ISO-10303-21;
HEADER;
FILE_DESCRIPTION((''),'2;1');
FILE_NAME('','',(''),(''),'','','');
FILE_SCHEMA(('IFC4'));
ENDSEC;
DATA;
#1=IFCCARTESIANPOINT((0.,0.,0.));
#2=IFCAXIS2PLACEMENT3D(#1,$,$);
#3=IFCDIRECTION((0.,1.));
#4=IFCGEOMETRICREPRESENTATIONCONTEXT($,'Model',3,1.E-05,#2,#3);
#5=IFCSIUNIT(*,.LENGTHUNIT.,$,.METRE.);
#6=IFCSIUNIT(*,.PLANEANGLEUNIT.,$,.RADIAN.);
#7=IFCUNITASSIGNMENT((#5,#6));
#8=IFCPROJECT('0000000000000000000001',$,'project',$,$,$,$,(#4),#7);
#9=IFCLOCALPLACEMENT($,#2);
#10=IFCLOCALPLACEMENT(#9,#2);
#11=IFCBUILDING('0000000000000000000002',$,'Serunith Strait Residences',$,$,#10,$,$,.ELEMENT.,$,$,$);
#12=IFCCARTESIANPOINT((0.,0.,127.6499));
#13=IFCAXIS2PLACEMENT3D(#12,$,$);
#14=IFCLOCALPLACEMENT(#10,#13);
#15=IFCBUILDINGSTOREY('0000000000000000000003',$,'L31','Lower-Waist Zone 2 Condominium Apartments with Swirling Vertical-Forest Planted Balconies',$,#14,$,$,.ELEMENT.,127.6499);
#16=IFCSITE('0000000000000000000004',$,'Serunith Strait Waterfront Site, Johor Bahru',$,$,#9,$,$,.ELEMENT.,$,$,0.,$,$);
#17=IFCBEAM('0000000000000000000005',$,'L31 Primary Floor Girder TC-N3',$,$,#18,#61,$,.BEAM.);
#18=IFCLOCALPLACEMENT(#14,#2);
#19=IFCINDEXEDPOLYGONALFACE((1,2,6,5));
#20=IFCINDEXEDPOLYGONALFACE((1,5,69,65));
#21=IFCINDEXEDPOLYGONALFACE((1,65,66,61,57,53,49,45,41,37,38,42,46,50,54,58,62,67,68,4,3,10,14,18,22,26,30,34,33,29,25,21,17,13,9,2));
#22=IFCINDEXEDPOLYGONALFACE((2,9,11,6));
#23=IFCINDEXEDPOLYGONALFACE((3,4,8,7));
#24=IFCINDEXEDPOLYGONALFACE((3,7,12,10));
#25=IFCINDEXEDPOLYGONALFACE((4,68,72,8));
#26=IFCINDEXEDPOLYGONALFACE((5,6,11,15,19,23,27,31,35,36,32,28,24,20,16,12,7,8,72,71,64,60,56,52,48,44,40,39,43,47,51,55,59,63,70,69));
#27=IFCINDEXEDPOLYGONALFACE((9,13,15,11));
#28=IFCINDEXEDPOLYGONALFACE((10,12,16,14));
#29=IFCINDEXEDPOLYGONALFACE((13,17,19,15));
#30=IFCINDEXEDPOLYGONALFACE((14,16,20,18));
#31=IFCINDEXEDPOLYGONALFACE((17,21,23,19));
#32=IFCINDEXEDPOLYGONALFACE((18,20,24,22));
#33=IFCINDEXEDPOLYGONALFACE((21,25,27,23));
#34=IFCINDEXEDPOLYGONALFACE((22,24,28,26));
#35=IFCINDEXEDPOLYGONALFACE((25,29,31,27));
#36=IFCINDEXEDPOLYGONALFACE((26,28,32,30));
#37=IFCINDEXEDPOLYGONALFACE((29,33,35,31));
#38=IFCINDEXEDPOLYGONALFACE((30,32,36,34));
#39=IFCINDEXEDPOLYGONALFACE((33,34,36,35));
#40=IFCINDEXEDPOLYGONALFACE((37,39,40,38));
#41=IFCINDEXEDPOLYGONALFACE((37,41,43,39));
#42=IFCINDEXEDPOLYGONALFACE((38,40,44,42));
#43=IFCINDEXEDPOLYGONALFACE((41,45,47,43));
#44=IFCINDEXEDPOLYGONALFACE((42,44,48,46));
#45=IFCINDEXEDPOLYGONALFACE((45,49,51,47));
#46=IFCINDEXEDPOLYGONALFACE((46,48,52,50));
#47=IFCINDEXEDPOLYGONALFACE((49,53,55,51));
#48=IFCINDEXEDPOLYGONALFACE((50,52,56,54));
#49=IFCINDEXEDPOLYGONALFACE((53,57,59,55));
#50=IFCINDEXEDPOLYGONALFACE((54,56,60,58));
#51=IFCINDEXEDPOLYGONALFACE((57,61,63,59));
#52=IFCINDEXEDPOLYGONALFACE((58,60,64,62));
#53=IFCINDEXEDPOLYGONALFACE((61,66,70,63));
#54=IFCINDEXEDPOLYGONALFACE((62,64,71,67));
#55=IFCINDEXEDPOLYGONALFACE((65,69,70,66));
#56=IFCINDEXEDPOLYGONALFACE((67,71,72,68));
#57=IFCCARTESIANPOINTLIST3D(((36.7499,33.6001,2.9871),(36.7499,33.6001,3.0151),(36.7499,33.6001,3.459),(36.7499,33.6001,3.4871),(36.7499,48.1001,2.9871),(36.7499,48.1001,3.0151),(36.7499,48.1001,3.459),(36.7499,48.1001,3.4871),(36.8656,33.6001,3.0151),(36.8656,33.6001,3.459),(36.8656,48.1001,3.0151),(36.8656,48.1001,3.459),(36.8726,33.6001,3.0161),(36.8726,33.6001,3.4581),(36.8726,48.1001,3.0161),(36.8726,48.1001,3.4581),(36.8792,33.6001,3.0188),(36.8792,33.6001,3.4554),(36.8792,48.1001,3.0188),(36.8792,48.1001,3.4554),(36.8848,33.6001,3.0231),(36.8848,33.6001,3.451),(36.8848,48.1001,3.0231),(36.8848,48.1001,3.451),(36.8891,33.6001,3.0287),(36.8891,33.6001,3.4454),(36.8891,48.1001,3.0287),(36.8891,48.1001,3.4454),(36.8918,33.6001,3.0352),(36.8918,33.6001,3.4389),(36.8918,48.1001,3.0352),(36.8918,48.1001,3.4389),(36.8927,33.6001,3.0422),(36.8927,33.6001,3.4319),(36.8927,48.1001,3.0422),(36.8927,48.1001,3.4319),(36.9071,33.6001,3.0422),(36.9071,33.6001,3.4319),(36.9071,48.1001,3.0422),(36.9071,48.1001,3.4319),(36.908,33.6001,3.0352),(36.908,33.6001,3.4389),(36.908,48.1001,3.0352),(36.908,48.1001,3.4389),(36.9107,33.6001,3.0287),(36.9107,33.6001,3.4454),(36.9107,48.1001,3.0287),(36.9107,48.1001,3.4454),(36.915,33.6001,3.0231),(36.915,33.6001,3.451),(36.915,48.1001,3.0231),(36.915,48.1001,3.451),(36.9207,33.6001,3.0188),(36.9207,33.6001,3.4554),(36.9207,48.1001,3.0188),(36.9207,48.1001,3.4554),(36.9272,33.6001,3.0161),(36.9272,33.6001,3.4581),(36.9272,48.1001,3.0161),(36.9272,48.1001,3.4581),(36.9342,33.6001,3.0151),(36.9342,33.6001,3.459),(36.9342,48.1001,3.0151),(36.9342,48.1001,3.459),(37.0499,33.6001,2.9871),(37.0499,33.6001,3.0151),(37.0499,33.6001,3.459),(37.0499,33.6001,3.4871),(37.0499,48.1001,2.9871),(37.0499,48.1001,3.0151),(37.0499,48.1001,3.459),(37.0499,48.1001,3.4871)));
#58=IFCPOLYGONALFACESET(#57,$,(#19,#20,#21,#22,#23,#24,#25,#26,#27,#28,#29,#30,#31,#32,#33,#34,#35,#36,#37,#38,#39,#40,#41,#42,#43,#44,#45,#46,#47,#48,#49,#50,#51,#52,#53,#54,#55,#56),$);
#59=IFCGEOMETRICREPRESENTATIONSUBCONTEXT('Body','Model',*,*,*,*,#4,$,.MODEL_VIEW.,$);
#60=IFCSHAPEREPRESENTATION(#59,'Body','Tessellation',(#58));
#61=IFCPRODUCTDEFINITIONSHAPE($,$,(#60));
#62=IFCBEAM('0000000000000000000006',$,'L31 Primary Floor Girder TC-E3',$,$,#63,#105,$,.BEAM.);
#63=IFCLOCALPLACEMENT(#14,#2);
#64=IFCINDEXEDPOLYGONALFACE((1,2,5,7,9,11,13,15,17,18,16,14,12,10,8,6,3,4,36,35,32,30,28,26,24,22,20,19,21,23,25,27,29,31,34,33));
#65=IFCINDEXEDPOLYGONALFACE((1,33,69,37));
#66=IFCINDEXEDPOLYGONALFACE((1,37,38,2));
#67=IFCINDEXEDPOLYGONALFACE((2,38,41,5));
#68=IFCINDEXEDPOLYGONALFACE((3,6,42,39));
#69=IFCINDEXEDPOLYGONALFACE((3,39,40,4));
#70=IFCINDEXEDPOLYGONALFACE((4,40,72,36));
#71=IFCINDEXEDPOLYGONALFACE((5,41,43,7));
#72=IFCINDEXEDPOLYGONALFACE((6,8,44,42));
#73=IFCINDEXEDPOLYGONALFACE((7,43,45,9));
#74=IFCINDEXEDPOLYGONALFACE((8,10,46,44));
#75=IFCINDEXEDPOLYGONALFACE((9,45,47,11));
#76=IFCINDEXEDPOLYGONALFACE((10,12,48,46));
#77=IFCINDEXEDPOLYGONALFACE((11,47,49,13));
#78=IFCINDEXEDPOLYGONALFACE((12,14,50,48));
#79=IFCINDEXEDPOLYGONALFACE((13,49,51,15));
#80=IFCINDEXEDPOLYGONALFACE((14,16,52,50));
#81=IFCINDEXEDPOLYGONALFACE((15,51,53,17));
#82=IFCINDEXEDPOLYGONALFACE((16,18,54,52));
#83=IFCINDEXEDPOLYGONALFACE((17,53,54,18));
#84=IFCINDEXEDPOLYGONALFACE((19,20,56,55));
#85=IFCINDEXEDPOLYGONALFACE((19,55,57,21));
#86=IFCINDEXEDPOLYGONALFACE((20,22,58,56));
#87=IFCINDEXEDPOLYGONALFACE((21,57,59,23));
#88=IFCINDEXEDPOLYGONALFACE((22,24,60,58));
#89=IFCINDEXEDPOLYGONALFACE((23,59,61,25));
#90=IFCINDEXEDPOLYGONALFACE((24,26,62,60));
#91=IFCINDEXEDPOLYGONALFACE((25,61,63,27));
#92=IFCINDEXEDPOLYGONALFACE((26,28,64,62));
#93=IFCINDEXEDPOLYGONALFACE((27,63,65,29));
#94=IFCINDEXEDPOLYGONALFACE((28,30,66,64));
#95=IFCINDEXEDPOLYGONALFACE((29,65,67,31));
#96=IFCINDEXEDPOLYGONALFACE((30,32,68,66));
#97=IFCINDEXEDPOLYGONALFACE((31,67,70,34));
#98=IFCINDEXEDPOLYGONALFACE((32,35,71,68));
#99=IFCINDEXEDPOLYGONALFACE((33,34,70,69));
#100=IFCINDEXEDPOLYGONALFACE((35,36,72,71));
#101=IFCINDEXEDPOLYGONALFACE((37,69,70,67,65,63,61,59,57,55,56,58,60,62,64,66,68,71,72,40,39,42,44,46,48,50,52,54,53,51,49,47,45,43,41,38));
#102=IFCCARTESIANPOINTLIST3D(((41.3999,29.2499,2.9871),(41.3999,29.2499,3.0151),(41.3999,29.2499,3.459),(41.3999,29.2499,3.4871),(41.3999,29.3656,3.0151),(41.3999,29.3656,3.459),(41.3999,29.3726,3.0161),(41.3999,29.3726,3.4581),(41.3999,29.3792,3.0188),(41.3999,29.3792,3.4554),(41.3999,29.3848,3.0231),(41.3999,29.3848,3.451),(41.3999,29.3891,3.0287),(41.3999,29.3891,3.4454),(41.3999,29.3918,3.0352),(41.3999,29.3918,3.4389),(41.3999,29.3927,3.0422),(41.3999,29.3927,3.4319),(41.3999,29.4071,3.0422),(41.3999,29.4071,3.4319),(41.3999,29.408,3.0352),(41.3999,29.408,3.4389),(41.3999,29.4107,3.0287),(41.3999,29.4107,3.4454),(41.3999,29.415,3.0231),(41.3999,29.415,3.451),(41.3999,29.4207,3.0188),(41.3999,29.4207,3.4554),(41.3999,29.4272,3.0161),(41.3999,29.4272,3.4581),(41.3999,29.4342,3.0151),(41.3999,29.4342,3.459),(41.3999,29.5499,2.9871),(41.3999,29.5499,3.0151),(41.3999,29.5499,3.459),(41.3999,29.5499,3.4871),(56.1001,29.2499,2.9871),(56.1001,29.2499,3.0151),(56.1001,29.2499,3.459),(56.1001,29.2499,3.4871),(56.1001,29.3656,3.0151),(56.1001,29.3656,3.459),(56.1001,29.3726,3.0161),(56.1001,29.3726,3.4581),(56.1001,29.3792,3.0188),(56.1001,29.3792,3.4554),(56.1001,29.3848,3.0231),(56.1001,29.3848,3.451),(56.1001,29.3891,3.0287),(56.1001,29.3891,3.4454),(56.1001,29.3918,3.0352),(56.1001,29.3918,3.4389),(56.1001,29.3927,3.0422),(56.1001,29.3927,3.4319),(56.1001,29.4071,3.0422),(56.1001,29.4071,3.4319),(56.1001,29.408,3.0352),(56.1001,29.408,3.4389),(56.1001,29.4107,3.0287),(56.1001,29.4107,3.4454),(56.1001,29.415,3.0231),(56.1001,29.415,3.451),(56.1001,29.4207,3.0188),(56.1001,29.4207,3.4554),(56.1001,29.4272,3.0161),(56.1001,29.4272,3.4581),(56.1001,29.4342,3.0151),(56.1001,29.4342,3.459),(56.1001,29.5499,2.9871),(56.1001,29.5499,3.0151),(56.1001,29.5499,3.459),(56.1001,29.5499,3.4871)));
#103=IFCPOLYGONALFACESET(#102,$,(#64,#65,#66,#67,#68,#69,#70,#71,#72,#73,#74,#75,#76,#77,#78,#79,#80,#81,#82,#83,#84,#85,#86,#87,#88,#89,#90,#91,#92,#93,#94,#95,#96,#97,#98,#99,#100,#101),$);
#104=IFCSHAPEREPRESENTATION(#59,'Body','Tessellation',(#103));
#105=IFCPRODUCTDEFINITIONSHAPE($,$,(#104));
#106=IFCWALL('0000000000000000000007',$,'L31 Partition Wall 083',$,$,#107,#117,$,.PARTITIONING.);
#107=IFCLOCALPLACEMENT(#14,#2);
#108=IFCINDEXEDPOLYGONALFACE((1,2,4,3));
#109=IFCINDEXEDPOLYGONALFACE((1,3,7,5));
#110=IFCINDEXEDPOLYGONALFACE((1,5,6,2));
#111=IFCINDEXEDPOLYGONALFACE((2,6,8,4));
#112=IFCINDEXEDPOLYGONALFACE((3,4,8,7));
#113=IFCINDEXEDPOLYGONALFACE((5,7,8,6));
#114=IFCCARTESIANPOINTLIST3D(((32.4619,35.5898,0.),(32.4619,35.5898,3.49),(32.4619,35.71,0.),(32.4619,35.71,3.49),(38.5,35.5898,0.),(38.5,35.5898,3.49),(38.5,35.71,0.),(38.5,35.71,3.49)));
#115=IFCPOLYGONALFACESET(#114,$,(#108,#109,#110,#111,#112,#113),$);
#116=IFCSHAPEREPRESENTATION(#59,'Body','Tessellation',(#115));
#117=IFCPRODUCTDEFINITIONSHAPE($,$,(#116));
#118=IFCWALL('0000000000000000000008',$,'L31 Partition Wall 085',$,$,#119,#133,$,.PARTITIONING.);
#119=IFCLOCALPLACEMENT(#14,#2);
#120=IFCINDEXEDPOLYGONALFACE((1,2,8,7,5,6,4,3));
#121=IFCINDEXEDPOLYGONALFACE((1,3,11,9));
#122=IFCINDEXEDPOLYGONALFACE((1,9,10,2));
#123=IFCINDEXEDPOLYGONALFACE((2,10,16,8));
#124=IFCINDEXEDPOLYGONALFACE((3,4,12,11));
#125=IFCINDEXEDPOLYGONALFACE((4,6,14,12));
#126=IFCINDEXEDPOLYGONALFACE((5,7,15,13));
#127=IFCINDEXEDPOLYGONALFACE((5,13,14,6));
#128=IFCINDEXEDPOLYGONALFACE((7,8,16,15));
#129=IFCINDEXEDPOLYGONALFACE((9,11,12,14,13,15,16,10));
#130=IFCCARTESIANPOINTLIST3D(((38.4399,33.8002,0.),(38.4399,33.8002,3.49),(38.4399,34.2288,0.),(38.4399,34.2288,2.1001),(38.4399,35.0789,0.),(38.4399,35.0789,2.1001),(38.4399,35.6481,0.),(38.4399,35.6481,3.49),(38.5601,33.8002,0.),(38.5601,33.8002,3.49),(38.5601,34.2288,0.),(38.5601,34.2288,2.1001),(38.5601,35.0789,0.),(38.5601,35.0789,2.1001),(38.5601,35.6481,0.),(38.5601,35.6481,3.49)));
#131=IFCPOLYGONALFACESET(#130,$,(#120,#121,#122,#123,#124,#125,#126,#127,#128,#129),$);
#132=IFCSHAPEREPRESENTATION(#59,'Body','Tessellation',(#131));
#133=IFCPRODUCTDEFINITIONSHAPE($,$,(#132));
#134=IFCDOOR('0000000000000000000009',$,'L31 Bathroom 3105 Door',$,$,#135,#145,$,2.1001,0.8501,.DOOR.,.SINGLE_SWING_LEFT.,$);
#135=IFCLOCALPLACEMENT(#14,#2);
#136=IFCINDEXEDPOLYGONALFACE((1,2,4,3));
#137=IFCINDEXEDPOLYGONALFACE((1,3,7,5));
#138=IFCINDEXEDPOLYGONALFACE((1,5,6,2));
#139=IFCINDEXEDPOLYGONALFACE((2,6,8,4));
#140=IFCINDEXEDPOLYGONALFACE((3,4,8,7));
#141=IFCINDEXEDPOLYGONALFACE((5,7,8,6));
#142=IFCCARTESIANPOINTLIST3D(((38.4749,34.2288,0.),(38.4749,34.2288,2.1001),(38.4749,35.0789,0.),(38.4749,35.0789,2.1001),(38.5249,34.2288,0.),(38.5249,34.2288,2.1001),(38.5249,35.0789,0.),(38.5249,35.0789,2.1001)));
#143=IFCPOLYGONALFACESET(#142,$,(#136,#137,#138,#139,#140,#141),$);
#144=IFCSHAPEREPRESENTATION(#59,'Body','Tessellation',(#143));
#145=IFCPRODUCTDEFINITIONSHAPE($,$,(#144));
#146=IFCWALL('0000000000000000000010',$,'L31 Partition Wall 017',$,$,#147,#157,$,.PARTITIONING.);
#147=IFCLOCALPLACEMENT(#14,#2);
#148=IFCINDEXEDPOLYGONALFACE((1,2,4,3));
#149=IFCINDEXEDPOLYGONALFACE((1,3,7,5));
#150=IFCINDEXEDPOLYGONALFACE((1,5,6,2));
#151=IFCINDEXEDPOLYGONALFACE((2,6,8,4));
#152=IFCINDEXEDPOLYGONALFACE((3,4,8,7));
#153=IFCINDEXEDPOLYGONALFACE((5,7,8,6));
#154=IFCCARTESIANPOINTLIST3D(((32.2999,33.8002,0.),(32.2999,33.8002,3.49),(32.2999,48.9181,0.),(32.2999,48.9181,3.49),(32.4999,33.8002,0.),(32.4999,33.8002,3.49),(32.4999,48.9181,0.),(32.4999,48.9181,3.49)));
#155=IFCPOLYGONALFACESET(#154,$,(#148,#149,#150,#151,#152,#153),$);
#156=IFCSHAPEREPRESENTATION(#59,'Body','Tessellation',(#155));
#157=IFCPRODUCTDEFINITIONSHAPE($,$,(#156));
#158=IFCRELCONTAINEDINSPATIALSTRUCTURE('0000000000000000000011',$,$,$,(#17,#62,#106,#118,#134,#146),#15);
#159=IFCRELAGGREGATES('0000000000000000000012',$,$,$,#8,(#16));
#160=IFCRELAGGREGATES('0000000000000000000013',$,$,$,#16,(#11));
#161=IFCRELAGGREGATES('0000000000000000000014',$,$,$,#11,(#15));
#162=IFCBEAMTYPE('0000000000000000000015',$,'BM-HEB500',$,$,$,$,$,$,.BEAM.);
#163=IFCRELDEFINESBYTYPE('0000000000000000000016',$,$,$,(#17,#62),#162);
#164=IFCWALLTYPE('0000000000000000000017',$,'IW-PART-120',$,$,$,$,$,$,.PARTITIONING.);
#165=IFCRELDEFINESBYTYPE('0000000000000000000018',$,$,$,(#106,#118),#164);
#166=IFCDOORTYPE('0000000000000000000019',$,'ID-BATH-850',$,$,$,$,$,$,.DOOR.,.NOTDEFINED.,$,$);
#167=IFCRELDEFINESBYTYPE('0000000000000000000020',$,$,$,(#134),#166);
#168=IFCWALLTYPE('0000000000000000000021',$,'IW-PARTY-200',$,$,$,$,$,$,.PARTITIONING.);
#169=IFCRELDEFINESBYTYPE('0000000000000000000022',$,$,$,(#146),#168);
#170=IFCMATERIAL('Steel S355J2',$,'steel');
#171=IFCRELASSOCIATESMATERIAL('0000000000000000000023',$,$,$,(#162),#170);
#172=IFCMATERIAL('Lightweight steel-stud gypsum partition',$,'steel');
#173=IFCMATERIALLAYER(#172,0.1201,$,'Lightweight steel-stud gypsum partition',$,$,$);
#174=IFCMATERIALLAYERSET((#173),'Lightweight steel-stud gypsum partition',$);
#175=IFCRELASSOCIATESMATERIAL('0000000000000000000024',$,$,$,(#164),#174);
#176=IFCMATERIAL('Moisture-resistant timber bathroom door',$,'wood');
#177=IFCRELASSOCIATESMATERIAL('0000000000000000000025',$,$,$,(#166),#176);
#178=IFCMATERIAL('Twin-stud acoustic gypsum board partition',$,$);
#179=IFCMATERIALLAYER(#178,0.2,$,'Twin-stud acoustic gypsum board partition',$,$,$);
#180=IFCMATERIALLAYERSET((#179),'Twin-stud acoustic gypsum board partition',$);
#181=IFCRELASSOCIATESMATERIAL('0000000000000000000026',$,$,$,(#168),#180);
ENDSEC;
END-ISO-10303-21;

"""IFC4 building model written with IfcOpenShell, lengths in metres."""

from ifc_helpers import new_model, si_unit, direction, frame, frame_2d, origin, origin_2d, place, context, subcontext, project, spatial, rectangle, i_section, extrude, source, transform, mapped, material, layer, layer_set, material_profile, profile_set, type_object, element, fill, save


model = new_model("IFC4")

# Units and contexts
model_context = context("Model", 3, precision=1e-05, world=origin(), true_north=direction((0.0, 1.0)))
body_context = subcontext(model_context, "Body", "Model", "MODEL_VIEW")
ifc_project = project(units=[si_unit("LENGTHUNIT", "METRE"), si_unit("PLANEANGLEUNIT", "RADIAN")], contexts=[model_context])

# Site, building, storey
site_placement = place(None, origin())
site = spatial("IfcSite", under=ifc_project, at=site_placement, Name="Serunith Strait Waterfront Site, Johor Bahru", CompositionType="ELEMENT", RefElevation=0.0)
building_placement = place(site_placement, origin())
building = spatial("IfcBuilding", under=site, at=building_placement, Name="Serunith Strait Residences", CompositionType="ELEMENT")
storey_placement = place(building_placement, frame((0.0, 0.0, 127.6499)))
storey = spatial("IfcBuildingStorey", under=building, at=storey_placement, Name="L31", Description="Lower-Waist Zone 2 Condominium Apartments with Swirling Vertical-Forest Planted Balconies", CompositionType="ELEMENT", Elevation=127.6499)

# Beams
ifc_material_1 = material(Name="Steel S355J2", Category="steel")
ifc_material_profile = material_profile(ifc_material_1, i_section(OverallWidth=0.3, OverallDepth=0.5, WebThickness=0.0144, FlangeThickness=0.0281, FilletRadius=0.0271, at=origin_2d()), Name="HEB 500")
ifc_profile_set = profile_set([ifc_material_profile], Name="Steel S355J2")
beam_type = type_object("IfcBeamType", Name="BM-HEB500", PredefinedType="BEAM", material=ifc_profile_set)
shared_shape_1 = source(origin(), body_context, "Body", "SweptSolid", [
    extrude(i_section(OverallWidth=0.3, OverallDepth=0.5, WebThickness=0.0144, FlangeThickness=0.0281, FilletRadius=0.0271, at=origin_2d()), origin(), (0.0, 0.0, 1.0), 14.5),
])
beam_1_placement = place(storey_placement, frame((36.8999, 33.6001, 3.2371), z_axis=(0.0, 1.0, 0.0), x_axis=(-1.0, 0.0, 0.0)))
element("IfcBeam", 1, at=beam_1_placement, inside=storey, type_object=beam_type, Name="L31 Primary Floor Girder TC-N3", PredefinedType="BEAM", context=body_context, shape_type="MappedRepresentation", body=[
    mapped(shared_shape_1, transform((0.0, 0.0, 0.0), scale=1.0)),
])
shared_shape_2 = source(origin(), body_context, "Body", "SweptSolid", [
    extrude(i_section(OverallWidth=0.3, OverallDepth=0.5, WebThickness=0.0144, FlangeThickness=0.0281, FilletRadius=0.0271, at=origin_2d()), origin(), (0.0, 0.0, 1.0), 14.7002),
])
beam_2_placement = place(storey_placement, frame((41.3999, 29.3999, 3.2371), z_axis=(1.0, 0.0, 0.0), x_axis=(0.0, 1.0, 0.0)))
element("IfcBeam", 2, at=beam_2_placement, inside=storey, type_object=beam_type, Name="L31 Primary Floor Girder TC-E3", PredefinedType="BEAM", context=body_context, shape_type="MappedRepresentation", body=[
    mapped(shared_shape_2, transform((0.0, 0.0, 0.0), scale=1.0)),
])

# Wall
ifc_material_2 = material(Name="Lightweight steel-stud gypsum partition", Category="steel")
ifc_layer_1 = layer(ifc_material_2, 0.1201, Name="Lightweight steel-stud gypsum partition")
ifc_layer_set_1 = layer_set([ifc_layer_1], Name="Lightweight steel-stud gypsum partition")
wall_type_1 = type_object("IfcWallType", Name="IW-PART-120", PredefinedType="PARTITIONING", material=ifc_layer_set_1)
wall_1_placement = place(storey_placement, frame((32.4619, 35.6499, 0.0), z_axis=(0.0, 0.0, 1.0), x_axis=(1.0, 0.0, 0.0)))
element("IfcWall", 3, at=wall_1_placement, inside=storey, type_object=wall_type_1, Name="L31 Partition Wall 083", PredefinedType="PARTITIONING", context=body_context, shape_type="SweptSolid", body=[
    extrude(rectangle(XDim=6.0381, YDim=0.1201, at=frame_2d((3.019, 0.0))), origin(), (0.0, 0.0, 1.0), 3.49),
])

# Wall, opening, door
wall_2_placement = place(storey_placement, frame((38.5, 35.6479, 0.0), z_axis=(0.0, 0.0, 1.0), x_axis=(0.0, -1.0, 0.0)))
wall_2 = element("IfcWall", 4, at=wall_2_placement, inside=storey, type_object=wall_type_1, Name="L31 Partition Wall 085", PredefinedType="PARTITIONING", context=body_context, shape_type="SweptSolid", body=[
    extrude(rectangle(XDim=1.8479, YDim=0.1201, at=frame_2d((0.9238, 0.0))), origin(), (0.0, 0.0, 1.0), 3.49),
])
opening_1_placement = place(wall_2_placement, frame((0.5691, 0.0, 0.0)))
opening_1 = element("IfcOpeningElement", 5, at=opening_1_placement, cuts=wall_2, PredefinedType="OPENING", context=body_context, shape_type="SweptSolid", body=[
    extrude(rectangle(XDim=0.8501, YDim=2.1001, at=frame_2d((0.425, 1.05))), frame((0.0, 0.0701, 0.0), z_axis=(0.0, -1.0, 0.0), x_axis=(1.0, 0.0, 0.0)), (0.0, 0.0, 1.0), 0.1401),
])
ifc_material_3 = material(Name="Moisture-resistant timber bathroom door", Category="wood")
door_type_1 = type_object("IfcDoorType", Name="ID-BATH-850", OperationType="NOTDEFINED", PredefinedType="DOOR", material=ifc_material_3)
shared_shape_3 = source(origin(), body_context, "Body", "SweptSolid", [
    extrude(rectangle(XDim=0.8501, YDim=2.1001, at=frame_2d((0.425, 1.05))), frame((0.0, 0.0249, 0.0), z_axis=(0.0, -1.0, 0.0), x_axis=(1.0, 0.0, 0.0)), (0.0, 0.0, 1.0), 0.05),
])
door_1_placement = place(opening_1_placement, origin())
door_1 = element("IfcDoor", 6, at=door_1_placement, inside=storey, type_object=door_type_1, Name="L31 Bathroom 3105 Door", OperationType="SINGLE_SWING_LEFT", OverallHeight=2.1001, OverallWidth=0.8501, PredefinedType="DOOR", context=body_context, shape_type="MappedRepresentation", body=[
    mapped(shared_shape_3, transform((0.0, 0.0, 0.0), scale=1.0)),
])
fill(opening_1, door_1)

# Wall
ifc_material_4 = material(Name="Twin-stud acoustic gypsum board partition")
ifc_layer_2 = layer(ifc_material_4, 0.2, Name="Twin-stud acoustic gypsum board partition")
ifc_layer_set_2 = layer_set([ifc_layer_2], Name="Twin-stud acoustic gypsum board partition")
wall_type_2 = type_object("IfcWallType", Name="IW-PARTY-200", PredefinedType="PARTITIONING", material=ifc_layer_set_2)
wall_3_placement = place(storey_placement, frame((32.3999, 33.8, 0.0), z_axis=(0.0, 0.0, 1.0), x_axis=(0.0, 1.0, 0.0)))
element("IfcWall", 7, at=wall_3_placement, inside=storey, type_object=wall_type_2, Name="L31 Partition Wall 017", PredefinedType="PARTITIONING", context=body_context, shape_type="SweptSolid", body=[
    extrude(rectangle(XDim=15.1179, YDim=0.2, at=frame_2d((7.5591, 0.0))), origin(), (0.0, 0.0, 1.0), 3.49),
])

save(model, "model.ifc")
